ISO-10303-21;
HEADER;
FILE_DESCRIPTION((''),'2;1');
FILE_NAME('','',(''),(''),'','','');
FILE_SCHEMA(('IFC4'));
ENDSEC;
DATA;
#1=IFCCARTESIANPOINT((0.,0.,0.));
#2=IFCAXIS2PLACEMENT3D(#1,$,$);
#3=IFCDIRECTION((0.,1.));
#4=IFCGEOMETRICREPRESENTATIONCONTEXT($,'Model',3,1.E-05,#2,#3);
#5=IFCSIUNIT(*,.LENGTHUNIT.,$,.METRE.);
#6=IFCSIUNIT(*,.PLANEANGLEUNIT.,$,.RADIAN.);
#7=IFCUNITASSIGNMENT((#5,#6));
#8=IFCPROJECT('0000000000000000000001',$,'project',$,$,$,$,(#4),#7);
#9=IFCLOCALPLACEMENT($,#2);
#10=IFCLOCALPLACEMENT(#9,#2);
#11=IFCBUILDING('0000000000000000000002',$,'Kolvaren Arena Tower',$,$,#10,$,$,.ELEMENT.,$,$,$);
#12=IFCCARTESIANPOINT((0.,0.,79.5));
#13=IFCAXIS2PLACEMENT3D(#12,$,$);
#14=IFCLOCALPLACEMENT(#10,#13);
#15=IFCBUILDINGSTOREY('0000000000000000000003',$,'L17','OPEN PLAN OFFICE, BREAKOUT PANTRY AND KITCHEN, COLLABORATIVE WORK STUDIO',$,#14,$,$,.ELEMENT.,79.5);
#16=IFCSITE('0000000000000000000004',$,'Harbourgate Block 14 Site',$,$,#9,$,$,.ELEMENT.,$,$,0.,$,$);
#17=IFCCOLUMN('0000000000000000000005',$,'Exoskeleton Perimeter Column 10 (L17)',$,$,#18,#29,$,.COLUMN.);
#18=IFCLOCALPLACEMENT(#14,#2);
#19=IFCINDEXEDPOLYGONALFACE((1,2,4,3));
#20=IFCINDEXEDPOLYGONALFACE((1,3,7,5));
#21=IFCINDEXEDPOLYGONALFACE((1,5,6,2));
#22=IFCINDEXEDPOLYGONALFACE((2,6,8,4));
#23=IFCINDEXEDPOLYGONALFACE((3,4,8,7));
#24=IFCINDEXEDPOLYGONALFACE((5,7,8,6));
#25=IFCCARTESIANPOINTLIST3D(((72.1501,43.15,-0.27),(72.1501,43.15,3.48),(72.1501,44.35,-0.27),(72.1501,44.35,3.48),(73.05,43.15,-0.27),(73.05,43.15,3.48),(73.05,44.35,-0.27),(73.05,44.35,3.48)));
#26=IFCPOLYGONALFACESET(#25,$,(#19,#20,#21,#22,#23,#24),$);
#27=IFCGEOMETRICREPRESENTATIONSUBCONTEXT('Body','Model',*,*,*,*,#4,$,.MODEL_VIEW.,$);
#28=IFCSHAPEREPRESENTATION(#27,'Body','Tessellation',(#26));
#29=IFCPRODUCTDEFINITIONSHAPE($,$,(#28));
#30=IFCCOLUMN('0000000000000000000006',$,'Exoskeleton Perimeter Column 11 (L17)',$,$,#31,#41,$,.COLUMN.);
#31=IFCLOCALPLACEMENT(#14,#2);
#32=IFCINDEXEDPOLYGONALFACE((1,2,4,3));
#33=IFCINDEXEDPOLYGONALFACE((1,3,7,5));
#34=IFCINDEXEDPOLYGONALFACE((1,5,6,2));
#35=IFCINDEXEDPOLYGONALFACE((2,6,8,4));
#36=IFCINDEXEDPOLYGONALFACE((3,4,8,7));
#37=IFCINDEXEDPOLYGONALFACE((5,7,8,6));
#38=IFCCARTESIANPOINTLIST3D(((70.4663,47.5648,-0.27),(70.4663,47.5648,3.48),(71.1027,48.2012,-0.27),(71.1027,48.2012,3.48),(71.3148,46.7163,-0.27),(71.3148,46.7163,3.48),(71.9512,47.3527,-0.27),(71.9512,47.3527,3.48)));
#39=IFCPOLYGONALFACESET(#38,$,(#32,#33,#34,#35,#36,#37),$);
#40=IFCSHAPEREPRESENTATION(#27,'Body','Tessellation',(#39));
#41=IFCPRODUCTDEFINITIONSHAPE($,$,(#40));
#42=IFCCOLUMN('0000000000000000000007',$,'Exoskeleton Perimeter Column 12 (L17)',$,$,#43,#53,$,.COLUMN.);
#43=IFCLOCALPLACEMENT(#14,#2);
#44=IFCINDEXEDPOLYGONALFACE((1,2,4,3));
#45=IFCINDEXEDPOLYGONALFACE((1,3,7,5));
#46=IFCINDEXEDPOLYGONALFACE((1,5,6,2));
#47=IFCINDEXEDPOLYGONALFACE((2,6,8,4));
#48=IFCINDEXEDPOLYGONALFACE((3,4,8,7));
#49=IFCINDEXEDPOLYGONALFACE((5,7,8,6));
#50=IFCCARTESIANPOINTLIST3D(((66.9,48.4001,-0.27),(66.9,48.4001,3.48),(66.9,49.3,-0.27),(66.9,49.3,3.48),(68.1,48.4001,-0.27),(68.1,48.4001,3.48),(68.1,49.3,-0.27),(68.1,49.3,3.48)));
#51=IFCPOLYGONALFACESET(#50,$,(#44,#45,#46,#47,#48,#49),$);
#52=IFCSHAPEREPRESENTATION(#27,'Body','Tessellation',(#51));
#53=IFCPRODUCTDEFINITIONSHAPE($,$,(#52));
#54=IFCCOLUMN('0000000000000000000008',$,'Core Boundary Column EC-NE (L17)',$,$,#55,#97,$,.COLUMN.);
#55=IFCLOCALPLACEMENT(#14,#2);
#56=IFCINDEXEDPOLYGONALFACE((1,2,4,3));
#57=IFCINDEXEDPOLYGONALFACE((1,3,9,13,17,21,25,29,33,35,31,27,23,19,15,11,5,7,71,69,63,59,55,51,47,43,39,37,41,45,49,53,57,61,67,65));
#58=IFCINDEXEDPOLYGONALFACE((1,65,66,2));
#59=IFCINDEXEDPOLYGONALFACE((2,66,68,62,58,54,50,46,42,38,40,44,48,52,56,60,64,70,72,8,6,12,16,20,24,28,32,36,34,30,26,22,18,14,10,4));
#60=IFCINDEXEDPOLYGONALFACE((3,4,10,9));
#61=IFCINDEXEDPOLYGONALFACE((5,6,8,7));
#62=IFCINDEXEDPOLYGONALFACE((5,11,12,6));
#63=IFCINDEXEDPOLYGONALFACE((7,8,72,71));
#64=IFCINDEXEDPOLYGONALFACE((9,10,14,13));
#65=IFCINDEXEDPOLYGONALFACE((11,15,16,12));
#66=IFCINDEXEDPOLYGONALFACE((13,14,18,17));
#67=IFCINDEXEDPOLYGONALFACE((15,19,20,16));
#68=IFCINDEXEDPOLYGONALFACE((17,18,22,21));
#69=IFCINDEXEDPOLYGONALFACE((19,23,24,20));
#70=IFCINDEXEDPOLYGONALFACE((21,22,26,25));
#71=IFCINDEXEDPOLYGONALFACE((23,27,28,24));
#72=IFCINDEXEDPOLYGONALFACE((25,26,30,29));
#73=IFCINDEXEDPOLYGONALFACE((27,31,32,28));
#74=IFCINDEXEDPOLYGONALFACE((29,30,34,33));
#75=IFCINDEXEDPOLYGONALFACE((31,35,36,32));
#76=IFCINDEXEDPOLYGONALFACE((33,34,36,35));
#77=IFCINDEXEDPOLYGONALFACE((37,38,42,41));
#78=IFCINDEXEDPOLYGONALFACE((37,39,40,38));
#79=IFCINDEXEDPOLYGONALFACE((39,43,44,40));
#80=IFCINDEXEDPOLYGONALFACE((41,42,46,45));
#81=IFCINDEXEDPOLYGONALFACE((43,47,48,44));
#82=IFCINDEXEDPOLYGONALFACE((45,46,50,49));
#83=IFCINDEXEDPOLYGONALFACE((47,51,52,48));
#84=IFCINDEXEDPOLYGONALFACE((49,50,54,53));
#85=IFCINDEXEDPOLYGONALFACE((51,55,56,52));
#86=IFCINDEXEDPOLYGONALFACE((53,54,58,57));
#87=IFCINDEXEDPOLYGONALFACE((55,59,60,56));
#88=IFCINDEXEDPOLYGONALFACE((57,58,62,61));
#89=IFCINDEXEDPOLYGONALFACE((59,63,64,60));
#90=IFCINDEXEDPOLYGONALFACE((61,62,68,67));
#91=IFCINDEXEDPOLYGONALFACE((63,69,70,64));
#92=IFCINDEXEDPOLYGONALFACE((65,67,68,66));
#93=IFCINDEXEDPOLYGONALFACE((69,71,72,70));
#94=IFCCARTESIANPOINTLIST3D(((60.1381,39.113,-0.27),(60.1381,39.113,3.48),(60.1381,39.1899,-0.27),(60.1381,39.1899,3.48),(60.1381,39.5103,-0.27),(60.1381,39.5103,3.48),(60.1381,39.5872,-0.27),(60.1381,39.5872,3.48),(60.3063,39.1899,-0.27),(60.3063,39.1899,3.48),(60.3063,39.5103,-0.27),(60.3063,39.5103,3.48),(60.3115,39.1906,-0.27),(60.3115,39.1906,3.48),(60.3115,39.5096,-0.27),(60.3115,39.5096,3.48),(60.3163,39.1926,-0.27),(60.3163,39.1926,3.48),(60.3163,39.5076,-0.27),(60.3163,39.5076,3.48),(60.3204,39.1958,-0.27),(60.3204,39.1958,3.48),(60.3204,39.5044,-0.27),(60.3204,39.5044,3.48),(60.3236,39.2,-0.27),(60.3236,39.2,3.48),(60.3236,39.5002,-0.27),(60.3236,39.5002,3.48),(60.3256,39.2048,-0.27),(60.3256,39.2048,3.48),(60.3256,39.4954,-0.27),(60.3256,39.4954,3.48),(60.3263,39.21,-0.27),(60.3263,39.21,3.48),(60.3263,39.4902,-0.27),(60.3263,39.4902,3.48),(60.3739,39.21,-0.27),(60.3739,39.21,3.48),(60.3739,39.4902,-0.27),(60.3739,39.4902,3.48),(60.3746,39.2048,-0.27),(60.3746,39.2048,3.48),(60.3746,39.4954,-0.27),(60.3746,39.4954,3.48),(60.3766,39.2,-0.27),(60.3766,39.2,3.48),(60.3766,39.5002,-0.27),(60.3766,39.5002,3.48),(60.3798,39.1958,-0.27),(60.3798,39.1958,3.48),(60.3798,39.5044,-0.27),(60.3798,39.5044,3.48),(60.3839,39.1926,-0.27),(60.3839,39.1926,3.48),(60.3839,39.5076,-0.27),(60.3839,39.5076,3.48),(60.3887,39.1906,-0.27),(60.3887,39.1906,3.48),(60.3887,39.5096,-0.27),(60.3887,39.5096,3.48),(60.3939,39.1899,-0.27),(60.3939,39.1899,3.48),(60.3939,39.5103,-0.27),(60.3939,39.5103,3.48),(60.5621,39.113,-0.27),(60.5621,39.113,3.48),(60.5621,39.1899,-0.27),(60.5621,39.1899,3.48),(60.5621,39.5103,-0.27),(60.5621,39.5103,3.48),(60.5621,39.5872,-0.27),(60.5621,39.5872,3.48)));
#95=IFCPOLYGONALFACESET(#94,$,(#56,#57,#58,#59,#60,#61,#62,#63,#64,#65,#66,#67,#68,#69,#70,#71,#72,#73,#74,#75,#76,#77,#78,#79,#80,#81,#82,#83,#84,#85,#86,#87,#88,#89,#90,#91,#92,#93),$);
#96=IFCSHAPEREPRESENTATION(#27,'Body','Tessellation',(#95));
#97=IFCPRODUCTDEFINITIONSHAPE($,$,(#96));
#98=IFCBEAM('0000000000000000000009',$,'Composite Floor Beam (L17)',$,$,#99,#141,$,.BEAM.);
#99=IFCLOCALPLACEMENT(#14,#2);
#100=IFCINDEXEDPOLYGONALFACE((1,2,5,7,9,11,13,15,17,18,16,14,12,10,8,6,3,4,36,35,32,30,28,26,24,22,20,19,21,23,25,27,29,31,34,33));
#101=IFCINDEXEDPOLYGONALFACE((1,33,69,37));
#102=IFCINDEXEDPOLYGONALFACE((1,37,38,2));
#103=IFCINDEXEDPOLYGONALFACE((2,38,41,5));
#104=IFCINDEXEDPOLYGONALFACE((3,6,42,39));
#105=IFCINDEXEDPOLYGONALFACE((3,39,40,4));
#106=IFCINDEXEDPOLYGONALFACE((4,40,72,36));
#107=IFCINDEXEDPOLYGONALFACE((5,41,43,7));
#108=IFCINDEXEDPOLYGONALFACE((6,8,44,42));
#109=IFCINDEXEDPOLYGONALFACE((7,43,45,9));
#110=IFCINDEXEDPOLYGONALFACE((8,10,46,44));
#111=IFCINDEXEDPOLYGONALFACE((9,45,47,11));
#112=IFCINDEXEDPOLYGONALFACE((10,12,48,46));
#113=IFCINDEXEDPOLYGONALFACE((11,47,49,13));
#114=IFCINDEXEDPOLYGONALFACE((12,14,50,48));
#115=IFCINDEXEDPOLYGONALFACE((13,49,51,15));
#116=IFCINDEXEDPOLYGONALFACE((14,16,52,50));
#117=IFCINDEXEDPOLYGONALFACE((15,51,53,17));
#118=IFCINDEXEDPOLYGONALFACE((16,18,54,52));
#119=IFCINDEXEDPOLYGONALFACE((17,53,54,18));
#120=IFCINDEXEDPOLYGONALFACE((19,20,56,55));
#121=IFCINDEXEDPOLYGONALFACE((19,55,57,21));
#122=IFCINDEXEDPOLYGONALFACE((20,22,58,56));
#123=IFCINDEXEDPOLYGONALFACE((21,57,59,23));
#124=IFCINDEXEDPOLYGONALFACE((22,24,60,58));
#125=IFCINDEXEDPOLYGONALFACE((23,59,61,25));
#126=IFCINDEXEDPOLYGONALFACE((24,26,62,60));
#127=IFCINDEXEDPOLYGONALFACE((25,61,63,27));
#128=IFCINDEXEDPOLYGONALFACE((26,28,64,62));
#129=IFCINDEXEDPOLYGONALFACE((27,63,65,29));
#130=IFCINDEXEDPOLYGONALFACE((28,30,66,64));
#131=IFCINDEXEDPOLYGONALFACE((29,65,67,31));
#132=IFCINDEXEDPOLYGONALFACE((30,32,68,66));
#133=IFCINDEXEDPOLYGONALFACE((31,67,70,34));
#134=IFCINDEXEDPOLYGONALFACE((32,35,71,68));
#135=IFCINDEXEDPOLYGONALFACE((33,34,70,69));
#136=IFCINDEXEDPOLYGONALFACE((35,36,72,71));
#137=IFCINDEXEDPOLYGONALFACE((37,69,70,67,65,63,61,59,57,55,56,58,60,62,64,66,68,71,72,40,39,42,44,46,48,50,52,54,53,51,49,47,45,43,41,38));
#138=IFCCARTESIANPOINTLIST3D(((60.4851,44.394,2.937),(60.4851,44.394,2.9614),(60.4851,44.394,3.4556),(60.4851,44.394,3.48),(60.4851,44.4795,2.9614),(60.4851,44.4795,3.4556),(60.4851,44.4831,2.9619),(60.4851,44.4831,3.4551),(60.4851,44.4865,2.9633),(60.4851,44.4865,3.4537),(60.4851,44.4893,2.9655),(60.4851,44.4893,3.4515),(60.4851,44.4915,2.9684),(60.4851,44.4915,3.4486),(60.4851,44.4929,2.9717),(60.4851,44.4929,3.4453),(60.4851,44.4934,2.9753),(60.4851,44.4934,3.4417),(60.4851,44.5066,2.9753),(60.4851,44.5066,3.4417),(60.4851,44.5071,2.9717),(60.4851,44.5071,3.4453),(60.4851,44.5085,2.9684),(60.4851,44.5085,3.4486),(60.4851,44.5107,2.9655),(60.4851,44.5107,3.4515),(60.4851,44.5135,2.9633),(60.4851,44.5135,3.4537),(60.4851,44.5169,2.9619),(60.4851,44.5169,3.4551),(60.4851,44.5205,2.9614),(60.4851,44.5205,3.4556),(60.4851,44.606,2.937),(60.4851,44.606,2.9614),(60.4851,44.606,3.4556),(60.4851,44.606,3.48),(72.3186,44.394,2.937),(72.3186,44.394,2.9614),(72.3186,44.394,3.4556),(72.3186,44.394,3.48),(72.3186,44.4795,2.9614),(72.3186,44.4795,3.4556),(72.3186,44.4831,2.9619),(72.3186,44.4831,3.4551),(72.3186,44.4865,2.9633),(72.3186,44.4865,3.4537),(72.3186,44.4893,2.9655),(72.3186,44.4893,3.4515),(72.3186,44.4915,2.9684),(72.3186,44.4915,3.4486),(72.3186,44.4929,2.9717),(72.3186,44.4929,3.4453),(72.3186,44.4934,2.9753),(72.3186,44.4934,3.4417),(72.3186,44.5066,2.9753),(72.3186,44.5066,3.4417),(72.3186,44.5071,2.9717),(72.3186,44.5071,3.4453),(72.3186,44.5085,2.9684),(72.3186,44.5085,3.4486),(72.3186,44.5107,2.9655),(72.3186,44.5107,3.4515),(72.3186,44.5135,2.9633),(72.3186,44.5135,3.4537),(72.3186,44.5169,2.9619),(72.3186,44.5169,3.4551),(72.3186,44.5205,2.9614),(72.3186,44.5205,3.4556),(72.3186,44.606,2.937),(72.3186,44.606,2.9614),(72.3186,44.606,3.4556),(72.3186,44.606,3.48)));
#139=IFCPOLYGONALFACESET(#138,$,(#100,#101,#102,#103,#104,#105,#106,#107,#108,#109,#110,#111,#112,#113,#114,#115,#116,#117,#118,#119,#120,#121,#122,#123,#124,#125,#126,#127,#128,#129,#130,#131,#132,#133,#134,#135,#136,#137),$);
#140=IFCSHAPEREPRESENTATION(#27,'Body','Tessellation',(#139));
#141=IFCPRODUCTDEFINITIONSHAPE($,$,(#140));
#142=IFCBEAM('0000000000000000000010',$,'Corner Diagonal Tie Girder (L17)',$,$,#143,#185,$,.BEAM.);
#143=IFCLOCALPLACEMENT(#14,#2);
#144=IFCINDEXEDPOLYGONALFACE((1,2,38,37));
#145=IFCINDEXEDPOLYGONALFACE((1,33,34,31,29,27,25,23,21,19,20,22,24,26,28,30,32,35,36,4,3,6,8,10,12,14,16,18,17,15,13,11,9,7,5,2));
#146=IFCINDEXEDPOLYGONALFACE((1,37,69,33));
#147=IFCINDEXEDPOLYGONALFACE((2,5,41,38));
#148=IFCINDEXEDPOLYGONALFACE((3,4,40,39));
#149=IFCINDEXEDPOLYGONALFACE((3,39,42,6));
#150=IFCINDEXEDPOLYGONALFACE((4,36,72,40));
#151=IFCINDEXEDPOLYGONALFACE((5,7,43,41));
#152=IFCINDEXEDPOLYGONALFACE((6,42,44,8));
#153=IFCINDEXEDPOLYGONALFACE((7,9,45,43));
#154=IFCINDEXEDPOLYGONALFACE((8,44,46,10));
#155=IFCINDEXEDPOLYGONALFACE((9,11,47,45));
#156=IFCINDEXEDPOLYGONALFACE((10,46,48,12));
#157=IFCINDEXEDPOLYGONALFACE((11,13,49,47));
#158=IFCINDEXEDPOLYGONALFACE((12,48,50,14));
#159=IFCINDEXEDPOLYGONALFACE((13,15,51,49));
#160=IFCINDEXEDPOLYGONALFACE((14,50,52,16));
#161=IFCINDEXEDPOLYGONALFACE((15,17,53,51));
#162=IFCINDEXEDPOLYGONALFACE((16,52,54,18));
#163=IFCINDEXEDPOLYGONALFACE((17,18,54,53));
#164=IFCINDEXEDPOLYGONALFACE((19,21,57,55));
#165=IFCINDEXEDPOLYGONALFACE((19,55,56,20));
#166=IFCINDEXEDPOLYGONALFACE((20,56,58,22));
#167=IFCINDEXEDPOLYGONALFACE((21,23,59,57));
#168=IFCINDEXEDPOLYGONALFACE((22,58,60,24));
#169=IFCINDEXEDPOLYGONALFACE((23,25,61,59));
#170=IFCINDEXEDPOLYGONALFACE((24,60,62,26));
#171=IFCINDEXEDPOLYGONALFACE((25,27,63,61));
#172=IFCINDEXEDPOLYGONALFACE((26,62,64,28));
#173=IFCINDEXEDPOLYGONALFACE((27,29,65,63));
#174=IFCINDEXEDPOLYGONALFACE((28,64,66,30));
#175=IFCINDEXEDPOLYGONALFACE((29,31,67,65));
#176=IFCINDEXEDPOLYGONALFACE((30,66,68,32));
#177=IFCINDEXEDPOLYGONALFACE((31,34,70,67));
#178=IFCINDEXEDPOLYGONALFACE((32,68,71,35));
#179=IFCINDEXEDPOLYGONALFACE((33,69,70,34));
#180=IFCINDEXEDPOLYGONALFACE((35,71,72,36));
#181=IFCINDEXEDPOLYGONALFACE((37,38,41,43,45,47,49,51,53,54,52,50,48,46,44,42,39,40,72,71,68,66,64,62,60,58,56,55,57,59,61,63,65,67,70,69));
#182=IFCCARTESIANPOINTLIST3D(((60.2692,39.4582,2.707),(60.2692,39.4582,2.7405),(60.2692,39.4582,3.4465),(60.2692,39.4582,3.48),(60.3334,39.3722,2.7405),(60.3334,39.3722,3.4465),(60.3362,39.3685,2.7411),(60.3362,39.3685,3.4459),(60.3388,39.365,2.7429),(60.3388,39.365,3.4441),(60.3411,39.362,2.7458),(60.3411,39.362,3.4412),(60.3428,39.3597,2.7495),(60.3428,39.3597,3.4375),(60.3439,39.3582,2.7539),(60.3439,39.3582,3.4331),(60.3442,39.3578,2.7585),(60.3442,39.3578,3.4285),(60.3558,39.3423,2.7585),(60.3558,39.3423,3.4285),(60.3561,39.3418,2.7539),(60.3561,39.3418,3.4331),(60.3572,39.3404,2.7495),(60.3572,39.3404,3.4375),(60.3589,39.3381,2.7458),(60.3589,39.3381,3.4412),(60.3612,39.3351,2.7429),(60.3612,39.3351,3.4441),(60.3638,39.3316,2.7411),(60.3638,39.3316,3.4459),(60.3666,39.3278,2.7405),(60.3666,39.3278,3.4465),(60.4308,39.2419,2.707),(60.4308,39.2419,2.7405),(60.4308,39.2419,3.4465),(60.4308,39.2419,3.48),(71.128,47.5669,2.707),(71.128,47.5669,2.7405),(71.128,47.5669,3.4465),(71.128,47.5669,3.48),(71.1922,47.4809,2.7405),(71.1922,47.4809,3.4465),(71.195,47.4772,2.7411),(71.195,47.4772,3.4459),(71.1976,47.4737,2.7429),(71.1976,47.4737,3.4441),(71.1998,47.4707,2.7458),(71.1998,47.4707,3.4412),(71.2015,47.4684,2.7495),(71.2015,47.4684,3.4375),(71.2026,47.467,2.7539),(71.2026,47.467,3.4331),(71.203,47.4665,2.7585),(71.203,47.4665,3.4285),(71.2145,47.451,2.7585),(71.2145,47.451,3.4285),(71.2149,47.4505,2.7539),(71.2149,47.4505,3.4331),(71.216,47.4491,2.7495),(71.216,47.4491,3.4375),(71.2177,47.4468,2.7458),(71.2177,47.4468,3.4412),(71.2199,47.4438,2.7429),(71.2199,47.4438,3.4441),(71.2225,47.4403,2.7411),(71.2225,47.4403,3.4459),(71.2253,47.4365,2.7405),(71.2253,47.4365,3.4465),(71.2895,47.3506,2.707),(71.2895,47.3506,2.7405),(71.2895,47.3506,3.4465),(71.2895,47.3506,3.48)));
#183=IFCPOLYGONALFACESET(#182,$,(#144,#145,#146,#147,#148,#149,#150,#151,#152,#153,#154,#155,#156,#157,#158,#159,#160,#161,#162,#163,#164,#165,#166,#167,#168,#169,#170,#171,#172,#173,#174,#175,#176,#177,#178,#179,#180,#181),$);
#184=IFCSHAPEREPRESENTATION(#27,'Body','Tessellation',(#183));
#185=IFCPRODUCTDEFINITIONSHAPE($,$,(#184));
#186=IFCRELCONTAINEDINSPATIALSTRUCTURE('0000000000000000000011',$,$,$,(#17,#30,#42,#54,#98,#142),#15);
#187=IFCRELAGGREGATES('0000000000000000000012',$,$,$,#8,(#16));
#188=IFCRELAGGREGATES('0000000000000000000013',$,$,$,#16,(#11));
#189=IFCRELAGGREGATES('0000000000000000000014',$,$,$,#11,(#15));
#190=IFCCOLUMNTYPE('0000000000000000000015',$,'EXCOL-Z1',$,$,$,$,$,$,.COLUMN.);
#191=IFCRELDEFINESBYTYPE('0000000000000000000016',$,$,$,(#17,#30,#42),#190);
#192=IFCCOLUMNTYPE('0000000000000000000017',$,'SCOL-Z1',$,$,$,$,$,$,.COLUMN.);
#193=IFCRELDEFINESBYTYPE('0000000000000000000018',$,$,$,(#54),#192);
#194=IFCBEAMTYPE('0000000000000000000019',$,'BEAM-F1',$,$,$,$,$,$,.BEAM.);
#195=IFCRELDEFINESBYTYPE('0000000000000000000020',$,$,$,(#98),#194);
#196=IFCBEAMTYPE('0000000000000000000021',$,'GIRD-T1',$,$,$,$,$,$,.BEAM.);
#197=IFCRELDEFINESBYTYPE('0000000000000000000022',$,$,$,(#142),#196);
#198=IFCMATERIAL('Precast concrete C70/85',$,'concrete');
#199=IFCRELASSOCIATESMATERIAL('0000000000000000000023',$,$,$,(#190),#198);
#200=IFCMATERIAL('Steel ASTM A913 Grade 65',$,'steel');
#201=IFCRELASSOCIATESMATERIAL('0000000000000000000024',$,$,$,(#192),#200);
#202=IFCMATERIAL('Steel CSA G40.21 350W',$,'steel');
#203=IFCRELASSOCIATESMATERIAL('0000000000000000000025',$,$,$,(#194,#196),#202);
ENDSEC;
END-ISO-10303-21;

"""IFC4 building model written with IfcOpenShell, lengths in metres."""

from ifc_helpers import new_model, si_unit, direction, frame, origin, origin_2d, place, context, subcontext, project, spatial, rectangle, i_section, extrude, material, material_profile, profile_set, type_object, element, save


model = new_model("IFC4")

# Units and contexts
model_context = context("Model", 3, precision=1e-05, world=origin(), true_north=direction((0.0, 1.0)))
body_context = subcontext(model_context, "Body", "Model", "MODEL_VIEW")
ifc_project = project(units=[si_unit("LENGTHUNIT", "METRE"), si_unit("PLANEANGLEUNIT", "RADIAN")], contexts=[model_context])

# Site, building, storey
site_placement = place(None, origin())
site = spatial("IfcSite", under=ifc_project, at=site_placement, Name="Harbourgate Block 14 Site", CompositionType="ELEMENT", RefElevation=0.0)
building_placement = place(site_placement, origin())
building = spatial("IfcBuilding", under=site, at=building_placement, Name="Kolvaren Arena Tower", CompositionType="ELEMENT")
storey_placement = place(building_placement, frame((0.0, 0.0, 79.5)))
storey = spatial("IfcBuildingStorey", under=building, at=storey_placement, Name="L17", Description="OPEN PLAN OFFICE, BREAKOUT PANTRY AND KITCHEN, COLLABORATIVE WORK STUDIO", CompositionType="ELEMENT", Elevation=79.5)

# Columns
ifc_material_1 = material(Name="Precast concrete C70/85", Category="concrete")
ifc_material_profile_1 = material_profile(ifc_material_1, rectangle(XDim=1.2, YDim=0.8999, at=origin_2d()), Name="RC-1200x900")
ifc_profile_set_1 = profile_set([ifc_material_profile_1], Name="Precast concrete C70/85")
column_type_1 = type_object("IfcColumnType", Name="EXCOL-Z1", PredefinedType="COLUMN", material=ifc_profile_set_1)
for number, where, z_axis, x_axis, name in (
    (1, (72.6001, 43.75, -0.27), (0.0, 0.0, 1.0), (0.0, 1.0, 0.0), "Exoskeleton Perimeter Column 10 (L17)"),
    (2, (71.2087, 47.4587, -0.27), (0.0, 0.0, 1.0), (-0.707107, 0.707107, 0.0), "Exoskeleton Perimeter Column 11 (L17)"),
    (3, (67.5, 48.8501, -0.27), (0.0, 0.0, 1.0), (1.0, 0.0, 0.0), "Exoskeleton Perimeter Column 12 (L17)"),
):
    element("IfcColumn", number, at=place(storey_placement, frame(where, z_axis=z_axis, x_axis=x_axis)), inside=storey, type_object=column_type_1, Name=name, PredefinedType="COLUMN", context=body_context, shape_type="SweptSolid", body=[
        extrude(rectangle(XDim=1.2, YDim=0.8999, at=origin_2d()), origin(), (0.0, 0.0, 1.0), 3.75),
    ])
ifc_material_2 = material(Name="Steel ASTM A913 Grade 65", Category="steel")
ifc_material_profile_2 = material_profile(ifc_material_2, i_section(OverallWidth=0.4241, OverallDepth=0.4741, WebThickness=0.0476, FlangeThickness=0.0769, FilletRadius=0.02, at=origin_2d()), Name="W360x634")
ifc_profile_set_2 = profile_set([ifc_material_profile_2], Name="Steel ASTM A913 Grade 65")
column_type_2 = type_object("IfcColumnType", Name="SCOL-Z1", PredefinedType="COLUMN", material=ifc_profile_set_2)
column_placement = place(storey_placement, frame((60.3501, 39.3501, -0.27), z_axis=(0.0, 0.0, 1.0), x_axis=(1.0, 0.0, 0.0)))
element("IfcColumn", 4, at=column_placement, inside=storey, type_object=column_type_2, Name="Core Boundary Column EC-NE (L17)", PredefinedType="COLUMN", context=body_context, shape_type="SweptSolid", body=[
    extrude(i_section(OverallWidth=0.4241, OverallDepth=0.4741, WebThickness=0.0476, FlangeThickness=0.0769, FilletRadius=0.02, at=origin_2d()), origin(), (0.0, 0.0, 1.0), 3.75),
])

# Beams
ifc_material_3 = material(Name="Steel CSA G40.21 350W", Category="steel")
ifc_material_profile_3 = material_profile(ifc_material_3, i_section(OverallWidth=0.2119, OverallDepth=0.543, WebThickness=0.0132, FlangeThickness=0.0244, FilletRadius=0.0139, at=origin_2d()), Name="W530x150")
ifc_profile_set_3 = profile_set([ifc_material_profile_3], Name="Steel CSA G40.21 350W")
beam_type_1 = type_object("IfcBeamType", Name="BEAM-F1", PredefinedType="BEAM", material=ifc_profile_set_3)
beam_1_placement = place(storey_placement, frame((60.4851, 44.5, 3.2085), z_axis=(1.0, 0.0, 0.0), x_axis=(0.0, 1.0, 0.0)))
element("IfcBeam", 5, at=beam_1_placement, inside=storey, type_object=beam_type_1, Name="Composite Floor Beam (L17)", PredefinedType="BEAM", context=body_context, shape_type="SweptSolid", body=[
    extrude(i_section(OverallWidth=0.2119, OverallDepth=0.543, WebThickness=0.0132, FlangeThickness=0.0244, FilletRadius=0.0139, at=origin_2d()), origin(), (0.0, 0.0, 1.0), 11.8335),
])
ifc_material_profile_4 = material_profile(ifc_material_3, i_section(OverallWidth=0.27, OverallDepth=0.7729, WebThickness=0.0193, FlangeThickness=0.0334, FilletRadius=0.0181, at=origin_2d()), Name="W760x257")
ifc_profile_set_4 = profile_set([ifc_material_profile_4], Name="Steel CSA G40.21 350W")
beam_type_2 = type_object("IfcBeamType", Name="GIRD-T1", PredefinedType="BEAM", material=ifc_profile_set_4)
beam_2_placement = place(storey_placement, frame((71.2087, 47.4587, 3.0935), z_axis=(-0.80125, -0.59833, 0.0), x_axis=(0.59833, -0.80125, 0.0)))
element("IfcBeam", 6, at=beam_2_placement, inside=storey, type_object=beam_type_2, Name="Corner Diagonal Tie Girder (L17)", PredefinedType="BEAM", context=body_context, shape_type="SweptSolid", body=[
    extrude(i_section(OverallWidth=0.27, OverallDepth=0.7729, WebThickness=0.0193, FlangeThickness=0.0334, FilletRadius=0.0181, at=origin_2d()), origin(), (0.0, 0.0, 1.0), 13.5522),
])

save(model, "model.ifc")
